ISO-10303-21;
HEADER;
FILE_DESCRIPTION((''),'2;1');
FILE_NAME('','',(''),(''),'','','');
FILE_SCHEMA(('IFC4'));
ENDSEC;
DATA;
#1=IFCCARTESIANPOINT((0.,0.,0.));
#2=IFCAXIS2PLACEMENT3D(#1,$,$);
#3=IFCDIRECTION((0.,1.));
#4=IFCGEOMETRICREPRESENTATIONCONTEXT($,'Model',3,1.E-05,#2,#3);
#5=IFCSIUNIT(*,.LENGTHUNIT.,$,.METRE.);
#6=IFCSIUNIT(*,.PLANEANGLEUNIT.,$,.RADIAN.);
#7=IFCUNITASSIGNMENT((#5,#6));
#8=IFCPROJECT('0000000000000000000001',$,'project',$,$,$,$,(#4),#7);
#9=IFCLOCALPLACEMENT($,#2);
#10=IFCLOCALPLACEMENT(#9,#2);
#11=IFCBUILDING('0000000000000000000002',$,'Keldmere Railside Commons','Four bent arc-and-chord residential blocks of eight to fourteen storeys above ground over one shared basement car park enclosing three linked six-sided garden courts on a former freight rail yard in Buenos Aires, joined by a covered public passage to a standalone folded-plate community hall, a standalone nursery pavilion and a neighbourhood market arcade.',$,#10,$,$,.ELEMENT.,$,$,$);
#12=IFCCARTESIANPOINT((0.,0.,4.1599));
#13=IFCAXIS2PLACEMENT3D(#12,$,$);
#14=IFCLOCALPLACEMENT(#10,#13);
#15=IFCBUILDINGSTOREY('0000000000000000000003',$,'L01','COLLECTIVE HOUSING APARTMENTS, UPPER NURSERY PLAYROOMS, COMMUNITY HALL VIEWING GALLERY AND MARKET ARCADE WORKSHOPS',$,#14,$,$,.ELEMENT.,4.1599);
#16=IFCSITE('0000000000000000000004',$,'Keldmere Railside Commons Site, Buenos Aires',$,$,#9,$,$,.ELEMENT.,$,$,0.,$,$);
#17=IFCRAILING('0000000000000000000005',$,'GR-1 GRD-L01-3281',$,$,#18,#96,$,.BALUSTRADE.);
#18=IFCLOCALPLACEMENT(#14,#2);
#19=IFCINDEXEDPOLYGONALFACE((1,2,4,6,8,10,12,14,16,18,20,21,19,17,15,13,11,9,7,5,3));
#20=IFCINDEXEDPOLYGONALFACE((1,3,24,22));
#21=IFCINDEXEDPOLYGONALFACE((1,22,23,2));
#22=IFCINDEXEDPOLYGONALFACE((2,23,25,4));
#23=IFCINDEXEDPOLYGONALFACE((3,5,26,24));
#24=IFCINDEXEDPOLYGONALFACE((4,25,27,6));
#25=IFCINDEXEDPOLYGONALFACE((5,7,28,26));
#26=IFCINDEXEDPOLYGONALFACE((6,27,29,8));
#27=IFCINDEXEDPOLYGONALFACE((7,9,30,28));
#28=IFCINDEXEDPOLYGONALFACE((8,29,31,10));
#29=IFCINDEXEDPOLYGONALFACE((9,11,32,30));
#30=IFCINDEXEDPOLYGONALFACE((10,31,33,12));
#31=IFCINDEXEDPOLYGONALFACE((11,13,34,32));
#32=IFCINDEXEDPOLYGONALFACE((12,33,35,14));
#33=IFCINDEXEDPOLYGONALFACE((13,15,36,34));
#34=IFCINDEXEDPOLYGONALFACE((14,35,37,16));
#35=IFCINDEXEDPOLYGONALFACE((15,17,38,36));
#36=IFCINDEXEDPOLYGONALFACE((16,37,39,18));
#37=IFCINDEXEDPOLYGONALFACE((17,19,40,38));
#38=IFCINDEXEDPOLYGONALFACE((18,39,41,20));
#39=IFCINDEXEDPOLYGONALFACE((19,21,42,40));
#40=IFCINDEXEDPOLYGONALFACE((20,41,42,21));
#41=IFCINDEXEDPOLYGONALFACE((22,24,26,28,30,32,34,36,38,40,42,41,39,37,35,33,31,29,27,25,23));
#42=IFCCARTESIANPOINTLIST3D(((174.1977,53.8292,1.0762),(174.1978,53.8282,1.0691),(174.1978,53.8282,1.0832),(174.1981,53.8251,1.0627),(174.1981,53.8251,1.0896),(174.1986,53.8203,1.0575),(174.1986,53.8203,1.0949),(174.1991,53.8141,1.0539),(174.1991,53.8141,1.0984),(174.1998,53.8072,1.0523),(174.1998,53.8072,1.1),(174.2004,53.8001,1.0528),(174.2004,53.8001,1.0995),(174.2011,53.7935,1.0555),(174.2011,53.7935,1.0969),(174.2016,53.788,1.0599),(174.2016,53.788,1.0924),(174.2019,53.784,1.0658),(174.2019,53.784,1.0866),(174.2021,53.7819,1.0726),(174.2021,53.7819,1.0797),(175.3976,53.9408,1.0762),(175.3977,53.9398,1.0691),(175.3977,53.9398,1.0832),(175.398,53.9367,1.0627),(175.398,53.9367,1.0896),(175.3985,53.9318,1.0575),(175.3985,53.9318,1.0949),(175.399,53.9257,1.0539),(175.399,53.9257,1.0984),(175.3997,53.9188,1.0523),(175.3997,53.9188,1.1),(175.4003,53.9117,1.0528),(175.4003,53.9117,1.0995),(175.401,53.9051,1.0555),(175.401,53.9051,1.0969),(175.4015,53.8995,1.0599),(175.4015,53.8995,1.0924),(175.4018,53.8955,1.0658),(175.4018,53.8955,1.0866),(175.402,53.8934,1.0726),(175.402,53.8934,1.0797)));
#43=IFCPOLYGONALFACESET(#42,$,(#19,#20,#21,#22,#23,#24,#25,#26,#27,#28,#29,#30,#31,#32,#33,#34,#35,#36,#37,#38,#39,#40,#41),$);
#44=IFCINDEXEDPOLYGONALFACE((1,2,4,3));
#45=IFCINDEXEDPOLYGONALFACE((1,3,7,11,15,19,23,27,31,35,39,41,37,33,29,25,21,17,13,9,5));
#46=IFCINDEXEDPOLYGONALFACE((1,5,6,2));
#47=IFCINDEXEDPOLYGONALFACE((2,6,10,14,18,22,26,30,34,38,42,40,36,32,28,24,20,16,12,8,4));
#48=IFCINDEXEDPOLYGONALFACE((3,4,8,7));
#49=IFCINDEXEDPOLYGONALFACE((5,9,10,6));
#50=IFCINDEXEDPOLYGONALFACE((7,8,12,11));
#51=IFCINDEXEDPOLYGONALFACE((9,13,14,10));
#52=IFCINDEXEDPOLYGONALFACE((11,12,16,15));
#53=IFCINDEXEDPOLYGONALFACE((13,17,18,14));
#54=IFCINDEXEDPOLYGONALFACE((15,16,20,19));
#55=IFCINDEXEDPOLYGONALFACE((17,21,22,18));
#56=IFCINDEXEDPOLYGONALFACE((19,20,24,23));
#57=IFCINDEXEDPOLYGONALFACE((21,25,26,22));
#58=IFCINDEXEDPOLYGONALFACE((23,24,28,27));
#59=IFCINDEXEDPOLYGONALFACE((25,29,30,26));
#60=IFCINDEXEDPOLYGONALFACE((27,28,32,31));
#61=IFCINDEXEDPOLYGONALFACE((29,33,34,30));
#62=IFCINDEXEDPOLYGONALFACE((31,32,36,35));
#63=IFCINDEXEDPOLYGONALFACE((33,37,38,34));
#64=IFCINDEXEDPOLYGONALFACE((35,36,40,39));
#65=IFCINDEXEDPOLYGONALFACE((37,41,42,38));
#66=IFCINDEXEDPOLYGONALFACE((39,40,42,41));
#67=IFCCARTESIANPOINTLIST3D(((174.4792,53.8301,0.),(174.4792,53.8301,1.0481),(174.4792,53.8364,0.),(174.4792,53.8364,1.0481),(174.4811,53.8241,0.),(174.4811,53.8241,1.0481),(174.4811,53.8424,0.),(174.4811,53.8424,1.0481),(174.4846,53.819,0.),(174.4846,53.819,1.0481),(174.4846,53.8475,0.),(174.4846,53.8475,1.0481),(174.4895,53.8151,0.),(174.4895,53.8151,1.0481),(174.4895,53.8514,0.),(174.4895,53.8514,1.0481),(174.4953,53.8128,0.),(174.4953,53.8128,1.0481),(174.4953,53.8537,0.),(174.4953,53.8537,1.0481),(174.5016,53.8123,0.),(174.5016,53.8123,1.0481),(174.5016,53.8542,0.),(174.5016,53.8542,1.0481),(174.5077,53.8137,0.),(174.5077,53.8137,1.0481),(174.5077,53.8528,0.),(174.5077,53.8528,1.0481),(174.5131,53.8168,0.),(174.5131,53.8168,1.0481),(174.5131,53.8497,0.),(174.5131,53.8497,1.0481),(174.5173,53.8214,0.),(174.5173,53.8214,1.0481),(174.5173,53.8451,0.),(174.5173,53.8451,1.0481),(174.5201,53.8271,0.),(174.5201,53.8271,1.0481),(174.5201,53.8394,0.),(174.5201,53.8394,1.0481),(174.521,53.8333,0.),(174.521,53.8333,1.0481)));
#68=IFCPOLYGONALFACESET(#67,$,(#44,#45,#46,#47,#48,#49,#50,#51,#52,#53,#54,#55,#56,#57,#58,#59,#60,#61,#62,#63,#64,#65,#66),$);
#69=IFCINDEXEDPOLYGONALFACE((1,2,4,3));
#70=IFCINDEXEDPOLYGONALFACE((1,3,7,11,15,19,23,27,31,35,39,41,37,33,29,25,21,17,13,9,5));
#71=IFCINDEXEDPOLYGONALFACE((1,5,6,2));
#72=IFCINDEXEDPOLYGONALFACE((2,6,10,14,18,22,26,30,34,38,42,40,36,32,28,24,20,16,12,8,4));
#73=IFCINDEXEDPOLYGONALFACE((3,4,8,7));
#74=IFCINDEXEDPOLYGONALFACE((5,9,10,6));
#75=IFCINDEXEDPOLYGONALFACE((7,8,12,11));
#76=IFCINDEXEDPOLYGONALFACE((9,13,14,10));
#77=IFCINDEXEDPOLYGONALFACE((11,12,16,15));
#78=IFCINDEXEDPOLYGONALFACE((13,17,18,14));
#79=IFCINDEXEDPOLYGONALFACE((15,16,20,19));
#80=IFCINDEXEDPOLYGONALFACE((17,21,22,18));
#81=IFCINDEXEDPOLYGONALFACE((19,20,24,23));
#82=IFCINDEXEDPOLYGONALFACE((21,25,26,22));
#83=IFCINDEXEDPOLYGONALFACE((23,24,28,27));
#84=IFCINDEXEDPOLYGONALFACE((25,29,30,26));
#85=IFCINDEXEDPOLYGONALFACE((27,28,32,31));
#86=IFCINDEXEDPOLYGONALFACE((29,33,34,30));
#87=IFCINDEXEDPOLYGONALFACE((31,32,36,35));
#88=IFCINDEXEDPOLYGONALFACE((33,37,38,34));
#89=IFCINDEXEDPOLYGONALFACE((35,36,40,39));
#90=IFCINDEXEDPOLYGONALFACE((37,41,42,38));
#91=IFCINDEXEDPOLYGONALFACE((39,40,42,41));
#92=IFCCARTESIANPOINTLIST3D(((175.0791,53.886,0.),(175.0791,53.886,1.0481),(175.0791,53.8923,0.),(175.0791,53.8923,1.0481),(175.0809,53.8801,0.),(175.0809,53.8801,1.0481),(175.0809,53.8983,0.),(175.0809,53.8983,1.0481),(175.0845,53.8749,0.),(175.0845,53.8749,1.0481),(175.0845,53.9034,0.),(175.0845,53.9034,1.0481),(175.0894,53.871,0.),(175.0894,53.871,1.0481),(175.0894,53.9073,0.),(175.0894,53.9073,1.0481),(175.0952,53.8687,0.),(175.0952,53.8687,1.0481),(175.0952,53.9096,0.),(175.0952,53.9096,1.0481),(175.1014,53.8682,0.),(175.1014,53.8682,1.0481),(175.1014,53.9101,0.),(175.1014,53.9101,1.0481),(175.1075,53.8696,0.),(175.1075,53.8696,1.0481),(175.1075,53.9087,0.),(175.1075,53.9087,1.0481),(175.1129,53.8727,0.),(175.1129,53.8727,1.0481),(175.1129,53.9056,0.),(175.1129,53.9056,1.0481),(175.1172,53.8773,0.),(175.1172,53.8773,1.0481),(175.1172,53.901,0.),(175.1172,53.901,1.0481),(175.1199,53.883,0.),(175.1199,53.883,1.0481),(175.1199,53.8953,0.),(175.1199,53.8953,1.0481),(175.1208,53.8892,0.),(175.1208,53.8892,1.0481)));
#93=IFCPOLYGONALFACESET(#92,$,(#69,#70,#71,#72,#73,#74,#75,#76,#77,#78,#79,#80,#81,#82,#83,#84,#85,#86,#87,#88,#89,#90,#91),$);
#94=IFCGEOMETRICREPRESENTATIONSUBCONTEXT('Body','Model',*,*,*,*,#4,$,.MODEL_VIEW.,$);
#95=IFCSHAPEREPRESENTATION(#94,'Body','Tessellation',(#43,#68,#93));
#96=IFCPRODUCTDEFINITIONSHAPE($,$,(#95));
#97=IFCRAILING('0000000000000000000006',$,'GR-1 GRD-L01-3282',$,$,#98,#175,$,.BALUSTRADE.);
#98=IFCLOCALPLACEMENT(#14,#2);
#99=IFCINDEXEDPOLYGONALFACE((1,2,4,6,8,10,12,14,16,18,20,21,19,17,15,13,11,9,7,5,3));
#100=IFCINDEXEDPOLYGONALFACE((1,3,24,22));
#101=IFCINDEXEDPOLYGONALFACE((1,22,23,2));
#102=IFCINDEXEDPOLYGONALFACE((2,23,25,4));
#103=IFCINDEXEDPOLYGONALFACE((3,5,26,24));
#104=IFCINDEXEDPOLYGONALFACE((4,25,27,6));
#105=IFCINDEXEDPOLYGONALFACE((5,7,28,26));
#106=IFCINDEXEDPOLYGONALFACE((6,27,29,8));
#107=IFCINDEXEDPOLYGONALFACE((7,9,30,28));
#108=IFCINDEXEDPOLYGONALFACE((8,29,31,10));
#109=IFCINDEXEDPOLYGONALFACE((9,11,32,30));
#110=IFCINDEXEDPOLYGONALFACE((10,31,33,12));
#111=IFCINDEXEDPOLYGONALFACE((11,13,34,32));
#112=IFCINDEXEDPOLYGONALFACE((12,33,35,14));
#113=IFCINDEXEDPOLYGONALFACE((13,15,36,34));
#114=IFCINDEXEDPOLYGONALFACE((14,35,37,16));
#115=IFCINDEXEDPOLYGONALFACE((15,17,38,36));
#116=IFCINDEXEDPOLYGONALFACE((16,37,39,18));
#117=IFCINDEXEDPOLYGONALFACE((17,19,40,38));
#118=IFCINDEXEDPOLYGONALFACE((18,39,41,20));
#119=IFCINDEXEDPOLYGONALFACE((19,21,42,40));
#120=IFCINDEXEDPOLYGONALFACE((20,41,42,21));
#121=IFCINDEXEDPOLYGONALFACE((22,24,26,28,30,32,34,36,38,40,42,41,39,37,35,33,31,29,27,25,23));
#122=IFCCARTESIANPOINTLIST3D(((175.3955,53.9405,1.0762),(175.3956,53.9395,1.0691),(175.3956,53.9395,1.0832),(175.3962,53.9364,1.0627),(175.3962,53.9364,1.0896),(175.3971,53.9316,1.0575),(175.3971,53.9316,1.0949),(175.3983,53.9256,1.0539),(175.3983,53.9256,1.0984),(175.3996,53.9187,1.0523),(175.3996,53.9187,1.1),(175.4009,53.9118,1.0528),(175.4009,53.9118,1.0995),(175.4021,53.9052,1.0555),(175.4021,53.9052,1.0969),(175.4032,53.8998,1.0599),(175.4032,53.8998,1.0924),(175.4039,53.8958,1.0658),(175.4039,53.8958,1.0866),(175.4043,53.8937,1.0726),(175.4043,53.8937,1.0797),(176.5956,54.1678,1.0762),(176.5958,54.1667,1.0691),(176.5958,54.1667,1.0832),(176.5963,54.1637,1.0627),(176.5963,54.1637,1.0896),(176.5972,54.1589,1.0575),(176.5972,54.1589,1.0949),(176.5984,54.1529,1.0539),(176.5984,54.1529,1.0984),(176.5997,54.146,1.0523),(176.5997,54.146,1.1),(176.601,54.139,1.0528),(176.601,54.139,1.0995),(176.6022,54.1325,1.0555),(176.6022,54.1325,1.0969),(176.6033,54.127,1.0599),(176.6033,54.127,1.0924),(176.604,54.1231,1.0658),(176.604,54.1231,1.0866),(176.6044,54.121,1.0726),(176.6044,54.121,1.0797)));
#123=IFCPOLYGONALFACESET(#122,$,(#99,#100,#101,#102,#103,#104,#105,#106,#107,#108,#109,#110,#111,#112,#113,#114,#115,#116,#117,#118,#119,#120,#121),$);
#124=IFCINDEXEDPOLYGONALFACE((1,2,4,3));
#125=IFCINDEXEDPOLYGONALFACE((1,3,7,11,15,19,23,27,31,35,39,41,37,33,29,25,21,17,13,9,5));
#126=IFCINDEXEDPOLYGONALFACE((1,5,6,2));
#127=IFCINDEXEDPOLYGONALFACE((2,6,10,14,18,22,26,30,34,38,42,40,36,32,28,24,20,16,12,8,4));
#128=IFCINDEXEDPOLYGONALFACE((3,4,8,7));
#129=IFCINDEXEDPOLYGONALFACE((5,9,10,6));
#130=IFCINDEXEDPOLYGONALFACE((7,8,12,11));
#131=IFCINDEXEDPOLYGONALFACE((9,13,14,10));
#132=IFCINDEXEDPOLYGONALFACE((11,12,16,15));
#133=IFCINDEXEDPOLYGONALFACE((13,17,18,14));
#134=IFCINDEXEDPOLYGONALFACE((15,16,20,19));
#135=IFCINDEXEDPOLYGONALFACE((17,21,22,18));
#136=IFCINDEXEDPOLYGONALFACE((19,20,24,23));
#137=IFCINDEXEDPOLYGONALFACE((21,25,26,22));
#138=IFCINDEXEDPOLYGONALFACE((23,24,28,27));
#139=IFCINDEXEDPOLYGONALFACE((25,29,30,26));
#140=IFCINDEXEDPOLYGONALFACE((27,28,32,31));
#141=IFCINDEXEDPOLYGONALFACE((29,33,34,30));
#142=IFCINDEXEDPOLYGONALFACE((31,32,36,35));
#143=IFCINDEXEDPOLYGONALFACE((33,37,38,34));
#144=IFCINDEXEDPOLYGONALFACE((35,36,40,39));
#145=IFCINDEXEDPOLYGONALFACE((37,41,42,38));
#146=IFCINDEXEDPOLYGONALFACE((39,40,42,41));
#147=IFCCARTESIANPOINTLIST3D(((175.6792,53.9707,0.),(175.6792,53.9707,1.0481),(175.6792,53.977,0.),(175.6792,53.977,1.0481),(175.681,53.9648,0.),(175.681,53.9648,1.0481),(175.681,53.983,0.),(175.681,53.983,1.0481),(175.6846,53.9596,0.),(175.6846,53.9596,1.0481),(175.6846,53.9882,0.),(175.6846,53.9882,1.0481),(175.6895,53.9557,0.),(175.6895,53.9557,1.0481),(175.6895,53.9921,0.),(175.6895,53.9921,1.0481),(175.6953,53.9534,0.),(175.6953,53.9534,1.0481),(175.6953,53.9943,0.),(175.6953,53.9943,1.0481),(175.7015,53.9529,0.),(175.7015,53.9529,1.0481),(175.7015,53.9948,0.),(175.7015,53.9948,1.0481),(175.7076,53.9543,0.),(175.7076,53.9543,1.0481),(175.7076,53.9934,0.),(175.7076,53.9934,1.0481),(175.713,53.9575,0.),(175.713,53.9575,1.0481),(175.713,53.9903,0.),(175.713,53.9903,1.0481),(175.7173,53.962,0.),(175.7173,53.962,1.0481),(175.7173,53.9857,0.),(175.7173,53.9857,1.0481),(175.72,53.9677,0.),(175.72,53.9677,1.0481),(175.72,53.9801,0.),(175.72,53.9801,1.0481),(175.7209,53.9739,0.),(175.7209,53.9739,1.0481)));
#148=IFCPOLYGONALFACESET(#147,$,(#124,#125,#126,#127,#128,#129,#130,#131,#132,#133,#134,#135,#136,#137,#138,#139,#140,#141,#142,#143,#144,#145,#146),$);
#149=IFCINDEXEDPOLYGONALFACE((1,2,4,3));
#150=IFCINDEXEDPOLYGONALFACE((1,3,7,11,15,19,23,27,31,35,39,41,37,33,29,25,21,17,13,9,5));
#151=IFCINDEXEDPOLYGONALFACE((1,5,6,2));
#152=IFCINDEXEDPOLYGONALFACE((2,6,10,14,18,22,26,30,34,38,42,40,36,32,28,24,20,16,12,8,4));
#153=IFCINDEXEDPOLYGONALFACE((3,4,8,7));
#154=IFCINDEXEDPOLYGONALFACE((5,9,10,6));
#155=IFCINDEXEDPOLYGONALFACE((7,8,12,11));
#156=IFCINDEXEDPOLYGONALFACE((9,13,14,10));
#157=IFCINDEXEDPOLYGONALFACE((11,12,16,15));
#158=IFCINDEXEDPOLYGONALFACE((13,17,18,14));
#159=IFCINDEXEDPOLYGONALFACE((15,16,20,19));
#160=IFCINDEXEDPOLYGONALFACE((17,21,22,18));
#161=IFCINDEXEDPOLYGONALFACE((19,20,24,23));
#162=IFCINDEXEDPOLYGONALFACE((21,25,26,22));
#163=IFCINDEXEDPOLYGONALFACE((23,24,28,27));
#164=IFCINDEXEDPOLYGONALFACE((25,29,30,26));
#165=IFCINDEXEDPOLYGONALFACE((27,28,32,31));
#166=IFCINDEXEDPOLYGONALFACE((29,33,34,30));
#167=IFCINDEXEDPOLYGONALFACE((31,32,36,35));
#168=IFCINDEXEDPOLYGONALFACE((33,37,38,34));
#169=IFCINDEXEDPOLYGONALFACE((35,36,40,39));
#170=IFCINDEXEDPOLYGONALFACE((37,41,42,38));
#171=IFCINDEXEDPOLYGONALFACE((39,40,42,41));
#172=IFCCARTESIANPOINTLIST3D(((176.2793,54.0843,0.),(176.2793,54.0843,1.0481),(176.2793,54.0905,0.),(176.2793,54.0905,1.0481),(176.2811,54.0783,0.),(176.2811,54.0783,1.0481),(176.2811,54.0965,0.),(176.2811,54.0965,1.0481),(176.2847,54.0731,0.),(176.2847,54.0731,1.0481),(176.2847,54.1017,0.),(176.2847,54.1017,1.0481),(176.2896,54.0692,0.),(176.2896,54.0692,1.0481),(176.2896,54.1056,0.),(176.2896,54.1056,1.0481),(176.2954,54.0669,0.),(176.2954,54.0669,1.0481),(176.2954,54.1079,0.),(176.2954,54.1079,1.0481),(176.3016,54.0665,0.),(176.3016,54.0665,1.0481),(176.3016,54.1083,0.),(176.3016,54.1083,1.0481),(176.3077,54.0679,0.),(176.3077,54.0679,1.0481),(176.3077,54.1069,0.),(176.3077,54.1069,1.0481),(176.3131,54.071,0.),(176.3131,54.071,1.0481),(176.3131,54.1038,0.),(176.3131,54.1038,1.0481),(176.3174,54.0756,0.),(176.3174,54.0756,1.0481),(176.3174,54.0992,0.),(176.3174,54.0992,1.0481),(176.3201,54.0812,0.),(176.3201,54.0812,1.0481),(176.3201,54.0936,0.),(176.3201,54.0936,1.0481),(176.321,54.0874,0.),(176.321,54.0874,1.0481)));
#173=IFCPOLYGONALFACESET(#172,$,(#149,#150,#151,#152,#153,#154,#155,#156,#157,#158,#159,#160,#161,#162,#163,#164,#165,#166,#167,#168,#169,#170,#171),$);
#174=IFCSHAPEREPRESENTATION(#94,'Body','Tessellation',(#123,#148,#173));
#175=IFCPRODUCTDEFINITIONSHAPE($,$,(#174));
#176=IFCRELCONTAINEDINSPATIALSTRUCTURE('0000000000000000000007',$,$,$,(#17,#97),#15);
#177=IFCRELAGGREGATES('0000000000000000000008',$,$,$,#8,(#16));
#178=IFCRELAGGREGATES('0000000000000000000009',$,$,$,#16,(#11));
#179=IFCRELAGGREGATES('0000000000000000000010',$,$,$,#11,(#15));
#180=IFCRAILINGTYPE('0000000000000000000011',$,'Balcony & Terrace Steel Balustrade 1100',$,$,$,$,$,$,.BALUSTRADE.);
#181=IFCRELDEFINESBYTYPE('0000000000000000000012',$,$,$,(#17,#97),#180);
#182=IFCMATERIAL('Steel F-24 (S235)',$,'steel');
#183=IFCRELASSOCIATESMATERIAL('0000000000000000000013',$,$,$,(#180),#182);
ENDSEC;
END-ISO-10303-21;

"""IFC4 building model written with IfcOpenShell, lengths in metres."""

from ifc_helpers import new_model, si_unit, direction, frame, origin, origin_2d, place, context, subcontext, project, spatial, circle, extrude, material, type_object, element, save


model = new_model("IFC4")

# Units and contexts
model_context = context("Model", 3, precision=1e-05, world=origin(), true_north=direction((0.0, 1.0)))
body_context = subcontext(model_context, "Body", "Model", "MODEL_VIEW")
ifc_project = project(units=[si_unit("LENGTHUNIT", "METRE"), si_unit("PLANEANGLEUNIT", "RADIAN")], contexts=[model_context])

# Site, building, storey
site_placement = place(None, origin())
site = spatial("IfcSite", under=ifc_project, at=site_placement, Name="Keldmere Railside Commons Site, Buenos Aires", CompositionType="ELEMENT", RefElevation=0.0)
building_placement = place(site_placement, origin())
building = spatial("IfcBuilding", under=site, at=building_placement, Name="Keldmere Railside Commons", Description="Four bent arc-and-chord residential blocks of eight to fourteen storeys above ground over one shared basement car park enclosing three linked six-sided garden courts on a former freight rail yard in Buenos Aires, joined by a covered public passage to a standalone folded-plate community hall, a standalone nursery pavilion and a neighbourhood market arcade.", CompositionType="ELEMENT")
storey_placement = place(building_placement, frame((0.0, 0.0, 4.1599)))
storey = spatial("IfcBuildingStorey", under=building, at=storey_placement, Name="L01", Description="COLLECTIVE HOUSING APARTMENTS, UPPER NURSERY PLAYROOMS, COMMUNITY HALL VIEWING GALLERY AND MARKET ARCADE WORKSHOPS", CompositionType="ELEMENT", Elevation=4.1599)

# Railings
ifc_material_1 = material(Name="Steel F-24 (S235)", Category="steel")
railing_type = type_object("IfcRailingType", Name="Balcony & Terrace Steel Balustrade 1100", PredefinedType="BALUSTRADE", material=ifc_material_1)
railing_1_placement = place(storey_placement, frame((174.2, 53.8054, 0.0)))
element("IfcRailing", 1, at=railing_1_placement, inside=storey, type_object=railing_type, Name="GR-1 GRD-L01-3281", PredefinedType="BALUSTRADE", context=body_context, shape_type="SweptSolid", body=[
    extrude(circle(Radius=0.0239, at=origin_2d()), frame((0.0, 0.0, 1.0762), z_axis=(0.995705, 0.092581, 0.0), x_axis=(-0.092581, 0.995705, 0.0)), (0.0, 0.0, 1.0), 1.2051),
    extrude(circle(Radius=0.021, at=origin_2d()), frame((0.3, 0.0278, 0.0)), (0.0, 0.0, 1.0), 1.0481),
    extrude(circle(Radius=0.021, at=origin_2d()), frame((0.8999, 0.0837, 0.0)), (0.0, 0.0, 1.0), 1.0481),
])
railing_2_placement = place(storey_placement, frame((175.3999, 53.917, 0.0)))
element("IfcRailing", 2, at=railing_2_placement, inside=storey, type_object=railing_type, Name="GR-1 GRD-L01-3282", PredefinedType="BALUSTRADE", context=body_context, shape_type="SweptSolid", body=[
    extrude(circle(Radius=0.0239, at=origin_2d()), frame((0.0, 0.0, 1.0762), z_axis=(0.982536, 0.186074, 0.0), x_axis=(-0.186074, 0.982536, 0.0)), (0.0, 0.0, 1.0), 1.2214),
    extrude(circle(Radius=0.021, at=origin_2d()), frame((0.3, 0.0569, 0.0)), (0.0, 0.0, 1.0), 1.0481),
    extrude(circle(Radius=0.021, at=origin_2d()), frame((0.9001, 0.1704, 0.0)), (0.0, 0.0, 1.0), 1.0481),
])

save(model, "model.ifc")
